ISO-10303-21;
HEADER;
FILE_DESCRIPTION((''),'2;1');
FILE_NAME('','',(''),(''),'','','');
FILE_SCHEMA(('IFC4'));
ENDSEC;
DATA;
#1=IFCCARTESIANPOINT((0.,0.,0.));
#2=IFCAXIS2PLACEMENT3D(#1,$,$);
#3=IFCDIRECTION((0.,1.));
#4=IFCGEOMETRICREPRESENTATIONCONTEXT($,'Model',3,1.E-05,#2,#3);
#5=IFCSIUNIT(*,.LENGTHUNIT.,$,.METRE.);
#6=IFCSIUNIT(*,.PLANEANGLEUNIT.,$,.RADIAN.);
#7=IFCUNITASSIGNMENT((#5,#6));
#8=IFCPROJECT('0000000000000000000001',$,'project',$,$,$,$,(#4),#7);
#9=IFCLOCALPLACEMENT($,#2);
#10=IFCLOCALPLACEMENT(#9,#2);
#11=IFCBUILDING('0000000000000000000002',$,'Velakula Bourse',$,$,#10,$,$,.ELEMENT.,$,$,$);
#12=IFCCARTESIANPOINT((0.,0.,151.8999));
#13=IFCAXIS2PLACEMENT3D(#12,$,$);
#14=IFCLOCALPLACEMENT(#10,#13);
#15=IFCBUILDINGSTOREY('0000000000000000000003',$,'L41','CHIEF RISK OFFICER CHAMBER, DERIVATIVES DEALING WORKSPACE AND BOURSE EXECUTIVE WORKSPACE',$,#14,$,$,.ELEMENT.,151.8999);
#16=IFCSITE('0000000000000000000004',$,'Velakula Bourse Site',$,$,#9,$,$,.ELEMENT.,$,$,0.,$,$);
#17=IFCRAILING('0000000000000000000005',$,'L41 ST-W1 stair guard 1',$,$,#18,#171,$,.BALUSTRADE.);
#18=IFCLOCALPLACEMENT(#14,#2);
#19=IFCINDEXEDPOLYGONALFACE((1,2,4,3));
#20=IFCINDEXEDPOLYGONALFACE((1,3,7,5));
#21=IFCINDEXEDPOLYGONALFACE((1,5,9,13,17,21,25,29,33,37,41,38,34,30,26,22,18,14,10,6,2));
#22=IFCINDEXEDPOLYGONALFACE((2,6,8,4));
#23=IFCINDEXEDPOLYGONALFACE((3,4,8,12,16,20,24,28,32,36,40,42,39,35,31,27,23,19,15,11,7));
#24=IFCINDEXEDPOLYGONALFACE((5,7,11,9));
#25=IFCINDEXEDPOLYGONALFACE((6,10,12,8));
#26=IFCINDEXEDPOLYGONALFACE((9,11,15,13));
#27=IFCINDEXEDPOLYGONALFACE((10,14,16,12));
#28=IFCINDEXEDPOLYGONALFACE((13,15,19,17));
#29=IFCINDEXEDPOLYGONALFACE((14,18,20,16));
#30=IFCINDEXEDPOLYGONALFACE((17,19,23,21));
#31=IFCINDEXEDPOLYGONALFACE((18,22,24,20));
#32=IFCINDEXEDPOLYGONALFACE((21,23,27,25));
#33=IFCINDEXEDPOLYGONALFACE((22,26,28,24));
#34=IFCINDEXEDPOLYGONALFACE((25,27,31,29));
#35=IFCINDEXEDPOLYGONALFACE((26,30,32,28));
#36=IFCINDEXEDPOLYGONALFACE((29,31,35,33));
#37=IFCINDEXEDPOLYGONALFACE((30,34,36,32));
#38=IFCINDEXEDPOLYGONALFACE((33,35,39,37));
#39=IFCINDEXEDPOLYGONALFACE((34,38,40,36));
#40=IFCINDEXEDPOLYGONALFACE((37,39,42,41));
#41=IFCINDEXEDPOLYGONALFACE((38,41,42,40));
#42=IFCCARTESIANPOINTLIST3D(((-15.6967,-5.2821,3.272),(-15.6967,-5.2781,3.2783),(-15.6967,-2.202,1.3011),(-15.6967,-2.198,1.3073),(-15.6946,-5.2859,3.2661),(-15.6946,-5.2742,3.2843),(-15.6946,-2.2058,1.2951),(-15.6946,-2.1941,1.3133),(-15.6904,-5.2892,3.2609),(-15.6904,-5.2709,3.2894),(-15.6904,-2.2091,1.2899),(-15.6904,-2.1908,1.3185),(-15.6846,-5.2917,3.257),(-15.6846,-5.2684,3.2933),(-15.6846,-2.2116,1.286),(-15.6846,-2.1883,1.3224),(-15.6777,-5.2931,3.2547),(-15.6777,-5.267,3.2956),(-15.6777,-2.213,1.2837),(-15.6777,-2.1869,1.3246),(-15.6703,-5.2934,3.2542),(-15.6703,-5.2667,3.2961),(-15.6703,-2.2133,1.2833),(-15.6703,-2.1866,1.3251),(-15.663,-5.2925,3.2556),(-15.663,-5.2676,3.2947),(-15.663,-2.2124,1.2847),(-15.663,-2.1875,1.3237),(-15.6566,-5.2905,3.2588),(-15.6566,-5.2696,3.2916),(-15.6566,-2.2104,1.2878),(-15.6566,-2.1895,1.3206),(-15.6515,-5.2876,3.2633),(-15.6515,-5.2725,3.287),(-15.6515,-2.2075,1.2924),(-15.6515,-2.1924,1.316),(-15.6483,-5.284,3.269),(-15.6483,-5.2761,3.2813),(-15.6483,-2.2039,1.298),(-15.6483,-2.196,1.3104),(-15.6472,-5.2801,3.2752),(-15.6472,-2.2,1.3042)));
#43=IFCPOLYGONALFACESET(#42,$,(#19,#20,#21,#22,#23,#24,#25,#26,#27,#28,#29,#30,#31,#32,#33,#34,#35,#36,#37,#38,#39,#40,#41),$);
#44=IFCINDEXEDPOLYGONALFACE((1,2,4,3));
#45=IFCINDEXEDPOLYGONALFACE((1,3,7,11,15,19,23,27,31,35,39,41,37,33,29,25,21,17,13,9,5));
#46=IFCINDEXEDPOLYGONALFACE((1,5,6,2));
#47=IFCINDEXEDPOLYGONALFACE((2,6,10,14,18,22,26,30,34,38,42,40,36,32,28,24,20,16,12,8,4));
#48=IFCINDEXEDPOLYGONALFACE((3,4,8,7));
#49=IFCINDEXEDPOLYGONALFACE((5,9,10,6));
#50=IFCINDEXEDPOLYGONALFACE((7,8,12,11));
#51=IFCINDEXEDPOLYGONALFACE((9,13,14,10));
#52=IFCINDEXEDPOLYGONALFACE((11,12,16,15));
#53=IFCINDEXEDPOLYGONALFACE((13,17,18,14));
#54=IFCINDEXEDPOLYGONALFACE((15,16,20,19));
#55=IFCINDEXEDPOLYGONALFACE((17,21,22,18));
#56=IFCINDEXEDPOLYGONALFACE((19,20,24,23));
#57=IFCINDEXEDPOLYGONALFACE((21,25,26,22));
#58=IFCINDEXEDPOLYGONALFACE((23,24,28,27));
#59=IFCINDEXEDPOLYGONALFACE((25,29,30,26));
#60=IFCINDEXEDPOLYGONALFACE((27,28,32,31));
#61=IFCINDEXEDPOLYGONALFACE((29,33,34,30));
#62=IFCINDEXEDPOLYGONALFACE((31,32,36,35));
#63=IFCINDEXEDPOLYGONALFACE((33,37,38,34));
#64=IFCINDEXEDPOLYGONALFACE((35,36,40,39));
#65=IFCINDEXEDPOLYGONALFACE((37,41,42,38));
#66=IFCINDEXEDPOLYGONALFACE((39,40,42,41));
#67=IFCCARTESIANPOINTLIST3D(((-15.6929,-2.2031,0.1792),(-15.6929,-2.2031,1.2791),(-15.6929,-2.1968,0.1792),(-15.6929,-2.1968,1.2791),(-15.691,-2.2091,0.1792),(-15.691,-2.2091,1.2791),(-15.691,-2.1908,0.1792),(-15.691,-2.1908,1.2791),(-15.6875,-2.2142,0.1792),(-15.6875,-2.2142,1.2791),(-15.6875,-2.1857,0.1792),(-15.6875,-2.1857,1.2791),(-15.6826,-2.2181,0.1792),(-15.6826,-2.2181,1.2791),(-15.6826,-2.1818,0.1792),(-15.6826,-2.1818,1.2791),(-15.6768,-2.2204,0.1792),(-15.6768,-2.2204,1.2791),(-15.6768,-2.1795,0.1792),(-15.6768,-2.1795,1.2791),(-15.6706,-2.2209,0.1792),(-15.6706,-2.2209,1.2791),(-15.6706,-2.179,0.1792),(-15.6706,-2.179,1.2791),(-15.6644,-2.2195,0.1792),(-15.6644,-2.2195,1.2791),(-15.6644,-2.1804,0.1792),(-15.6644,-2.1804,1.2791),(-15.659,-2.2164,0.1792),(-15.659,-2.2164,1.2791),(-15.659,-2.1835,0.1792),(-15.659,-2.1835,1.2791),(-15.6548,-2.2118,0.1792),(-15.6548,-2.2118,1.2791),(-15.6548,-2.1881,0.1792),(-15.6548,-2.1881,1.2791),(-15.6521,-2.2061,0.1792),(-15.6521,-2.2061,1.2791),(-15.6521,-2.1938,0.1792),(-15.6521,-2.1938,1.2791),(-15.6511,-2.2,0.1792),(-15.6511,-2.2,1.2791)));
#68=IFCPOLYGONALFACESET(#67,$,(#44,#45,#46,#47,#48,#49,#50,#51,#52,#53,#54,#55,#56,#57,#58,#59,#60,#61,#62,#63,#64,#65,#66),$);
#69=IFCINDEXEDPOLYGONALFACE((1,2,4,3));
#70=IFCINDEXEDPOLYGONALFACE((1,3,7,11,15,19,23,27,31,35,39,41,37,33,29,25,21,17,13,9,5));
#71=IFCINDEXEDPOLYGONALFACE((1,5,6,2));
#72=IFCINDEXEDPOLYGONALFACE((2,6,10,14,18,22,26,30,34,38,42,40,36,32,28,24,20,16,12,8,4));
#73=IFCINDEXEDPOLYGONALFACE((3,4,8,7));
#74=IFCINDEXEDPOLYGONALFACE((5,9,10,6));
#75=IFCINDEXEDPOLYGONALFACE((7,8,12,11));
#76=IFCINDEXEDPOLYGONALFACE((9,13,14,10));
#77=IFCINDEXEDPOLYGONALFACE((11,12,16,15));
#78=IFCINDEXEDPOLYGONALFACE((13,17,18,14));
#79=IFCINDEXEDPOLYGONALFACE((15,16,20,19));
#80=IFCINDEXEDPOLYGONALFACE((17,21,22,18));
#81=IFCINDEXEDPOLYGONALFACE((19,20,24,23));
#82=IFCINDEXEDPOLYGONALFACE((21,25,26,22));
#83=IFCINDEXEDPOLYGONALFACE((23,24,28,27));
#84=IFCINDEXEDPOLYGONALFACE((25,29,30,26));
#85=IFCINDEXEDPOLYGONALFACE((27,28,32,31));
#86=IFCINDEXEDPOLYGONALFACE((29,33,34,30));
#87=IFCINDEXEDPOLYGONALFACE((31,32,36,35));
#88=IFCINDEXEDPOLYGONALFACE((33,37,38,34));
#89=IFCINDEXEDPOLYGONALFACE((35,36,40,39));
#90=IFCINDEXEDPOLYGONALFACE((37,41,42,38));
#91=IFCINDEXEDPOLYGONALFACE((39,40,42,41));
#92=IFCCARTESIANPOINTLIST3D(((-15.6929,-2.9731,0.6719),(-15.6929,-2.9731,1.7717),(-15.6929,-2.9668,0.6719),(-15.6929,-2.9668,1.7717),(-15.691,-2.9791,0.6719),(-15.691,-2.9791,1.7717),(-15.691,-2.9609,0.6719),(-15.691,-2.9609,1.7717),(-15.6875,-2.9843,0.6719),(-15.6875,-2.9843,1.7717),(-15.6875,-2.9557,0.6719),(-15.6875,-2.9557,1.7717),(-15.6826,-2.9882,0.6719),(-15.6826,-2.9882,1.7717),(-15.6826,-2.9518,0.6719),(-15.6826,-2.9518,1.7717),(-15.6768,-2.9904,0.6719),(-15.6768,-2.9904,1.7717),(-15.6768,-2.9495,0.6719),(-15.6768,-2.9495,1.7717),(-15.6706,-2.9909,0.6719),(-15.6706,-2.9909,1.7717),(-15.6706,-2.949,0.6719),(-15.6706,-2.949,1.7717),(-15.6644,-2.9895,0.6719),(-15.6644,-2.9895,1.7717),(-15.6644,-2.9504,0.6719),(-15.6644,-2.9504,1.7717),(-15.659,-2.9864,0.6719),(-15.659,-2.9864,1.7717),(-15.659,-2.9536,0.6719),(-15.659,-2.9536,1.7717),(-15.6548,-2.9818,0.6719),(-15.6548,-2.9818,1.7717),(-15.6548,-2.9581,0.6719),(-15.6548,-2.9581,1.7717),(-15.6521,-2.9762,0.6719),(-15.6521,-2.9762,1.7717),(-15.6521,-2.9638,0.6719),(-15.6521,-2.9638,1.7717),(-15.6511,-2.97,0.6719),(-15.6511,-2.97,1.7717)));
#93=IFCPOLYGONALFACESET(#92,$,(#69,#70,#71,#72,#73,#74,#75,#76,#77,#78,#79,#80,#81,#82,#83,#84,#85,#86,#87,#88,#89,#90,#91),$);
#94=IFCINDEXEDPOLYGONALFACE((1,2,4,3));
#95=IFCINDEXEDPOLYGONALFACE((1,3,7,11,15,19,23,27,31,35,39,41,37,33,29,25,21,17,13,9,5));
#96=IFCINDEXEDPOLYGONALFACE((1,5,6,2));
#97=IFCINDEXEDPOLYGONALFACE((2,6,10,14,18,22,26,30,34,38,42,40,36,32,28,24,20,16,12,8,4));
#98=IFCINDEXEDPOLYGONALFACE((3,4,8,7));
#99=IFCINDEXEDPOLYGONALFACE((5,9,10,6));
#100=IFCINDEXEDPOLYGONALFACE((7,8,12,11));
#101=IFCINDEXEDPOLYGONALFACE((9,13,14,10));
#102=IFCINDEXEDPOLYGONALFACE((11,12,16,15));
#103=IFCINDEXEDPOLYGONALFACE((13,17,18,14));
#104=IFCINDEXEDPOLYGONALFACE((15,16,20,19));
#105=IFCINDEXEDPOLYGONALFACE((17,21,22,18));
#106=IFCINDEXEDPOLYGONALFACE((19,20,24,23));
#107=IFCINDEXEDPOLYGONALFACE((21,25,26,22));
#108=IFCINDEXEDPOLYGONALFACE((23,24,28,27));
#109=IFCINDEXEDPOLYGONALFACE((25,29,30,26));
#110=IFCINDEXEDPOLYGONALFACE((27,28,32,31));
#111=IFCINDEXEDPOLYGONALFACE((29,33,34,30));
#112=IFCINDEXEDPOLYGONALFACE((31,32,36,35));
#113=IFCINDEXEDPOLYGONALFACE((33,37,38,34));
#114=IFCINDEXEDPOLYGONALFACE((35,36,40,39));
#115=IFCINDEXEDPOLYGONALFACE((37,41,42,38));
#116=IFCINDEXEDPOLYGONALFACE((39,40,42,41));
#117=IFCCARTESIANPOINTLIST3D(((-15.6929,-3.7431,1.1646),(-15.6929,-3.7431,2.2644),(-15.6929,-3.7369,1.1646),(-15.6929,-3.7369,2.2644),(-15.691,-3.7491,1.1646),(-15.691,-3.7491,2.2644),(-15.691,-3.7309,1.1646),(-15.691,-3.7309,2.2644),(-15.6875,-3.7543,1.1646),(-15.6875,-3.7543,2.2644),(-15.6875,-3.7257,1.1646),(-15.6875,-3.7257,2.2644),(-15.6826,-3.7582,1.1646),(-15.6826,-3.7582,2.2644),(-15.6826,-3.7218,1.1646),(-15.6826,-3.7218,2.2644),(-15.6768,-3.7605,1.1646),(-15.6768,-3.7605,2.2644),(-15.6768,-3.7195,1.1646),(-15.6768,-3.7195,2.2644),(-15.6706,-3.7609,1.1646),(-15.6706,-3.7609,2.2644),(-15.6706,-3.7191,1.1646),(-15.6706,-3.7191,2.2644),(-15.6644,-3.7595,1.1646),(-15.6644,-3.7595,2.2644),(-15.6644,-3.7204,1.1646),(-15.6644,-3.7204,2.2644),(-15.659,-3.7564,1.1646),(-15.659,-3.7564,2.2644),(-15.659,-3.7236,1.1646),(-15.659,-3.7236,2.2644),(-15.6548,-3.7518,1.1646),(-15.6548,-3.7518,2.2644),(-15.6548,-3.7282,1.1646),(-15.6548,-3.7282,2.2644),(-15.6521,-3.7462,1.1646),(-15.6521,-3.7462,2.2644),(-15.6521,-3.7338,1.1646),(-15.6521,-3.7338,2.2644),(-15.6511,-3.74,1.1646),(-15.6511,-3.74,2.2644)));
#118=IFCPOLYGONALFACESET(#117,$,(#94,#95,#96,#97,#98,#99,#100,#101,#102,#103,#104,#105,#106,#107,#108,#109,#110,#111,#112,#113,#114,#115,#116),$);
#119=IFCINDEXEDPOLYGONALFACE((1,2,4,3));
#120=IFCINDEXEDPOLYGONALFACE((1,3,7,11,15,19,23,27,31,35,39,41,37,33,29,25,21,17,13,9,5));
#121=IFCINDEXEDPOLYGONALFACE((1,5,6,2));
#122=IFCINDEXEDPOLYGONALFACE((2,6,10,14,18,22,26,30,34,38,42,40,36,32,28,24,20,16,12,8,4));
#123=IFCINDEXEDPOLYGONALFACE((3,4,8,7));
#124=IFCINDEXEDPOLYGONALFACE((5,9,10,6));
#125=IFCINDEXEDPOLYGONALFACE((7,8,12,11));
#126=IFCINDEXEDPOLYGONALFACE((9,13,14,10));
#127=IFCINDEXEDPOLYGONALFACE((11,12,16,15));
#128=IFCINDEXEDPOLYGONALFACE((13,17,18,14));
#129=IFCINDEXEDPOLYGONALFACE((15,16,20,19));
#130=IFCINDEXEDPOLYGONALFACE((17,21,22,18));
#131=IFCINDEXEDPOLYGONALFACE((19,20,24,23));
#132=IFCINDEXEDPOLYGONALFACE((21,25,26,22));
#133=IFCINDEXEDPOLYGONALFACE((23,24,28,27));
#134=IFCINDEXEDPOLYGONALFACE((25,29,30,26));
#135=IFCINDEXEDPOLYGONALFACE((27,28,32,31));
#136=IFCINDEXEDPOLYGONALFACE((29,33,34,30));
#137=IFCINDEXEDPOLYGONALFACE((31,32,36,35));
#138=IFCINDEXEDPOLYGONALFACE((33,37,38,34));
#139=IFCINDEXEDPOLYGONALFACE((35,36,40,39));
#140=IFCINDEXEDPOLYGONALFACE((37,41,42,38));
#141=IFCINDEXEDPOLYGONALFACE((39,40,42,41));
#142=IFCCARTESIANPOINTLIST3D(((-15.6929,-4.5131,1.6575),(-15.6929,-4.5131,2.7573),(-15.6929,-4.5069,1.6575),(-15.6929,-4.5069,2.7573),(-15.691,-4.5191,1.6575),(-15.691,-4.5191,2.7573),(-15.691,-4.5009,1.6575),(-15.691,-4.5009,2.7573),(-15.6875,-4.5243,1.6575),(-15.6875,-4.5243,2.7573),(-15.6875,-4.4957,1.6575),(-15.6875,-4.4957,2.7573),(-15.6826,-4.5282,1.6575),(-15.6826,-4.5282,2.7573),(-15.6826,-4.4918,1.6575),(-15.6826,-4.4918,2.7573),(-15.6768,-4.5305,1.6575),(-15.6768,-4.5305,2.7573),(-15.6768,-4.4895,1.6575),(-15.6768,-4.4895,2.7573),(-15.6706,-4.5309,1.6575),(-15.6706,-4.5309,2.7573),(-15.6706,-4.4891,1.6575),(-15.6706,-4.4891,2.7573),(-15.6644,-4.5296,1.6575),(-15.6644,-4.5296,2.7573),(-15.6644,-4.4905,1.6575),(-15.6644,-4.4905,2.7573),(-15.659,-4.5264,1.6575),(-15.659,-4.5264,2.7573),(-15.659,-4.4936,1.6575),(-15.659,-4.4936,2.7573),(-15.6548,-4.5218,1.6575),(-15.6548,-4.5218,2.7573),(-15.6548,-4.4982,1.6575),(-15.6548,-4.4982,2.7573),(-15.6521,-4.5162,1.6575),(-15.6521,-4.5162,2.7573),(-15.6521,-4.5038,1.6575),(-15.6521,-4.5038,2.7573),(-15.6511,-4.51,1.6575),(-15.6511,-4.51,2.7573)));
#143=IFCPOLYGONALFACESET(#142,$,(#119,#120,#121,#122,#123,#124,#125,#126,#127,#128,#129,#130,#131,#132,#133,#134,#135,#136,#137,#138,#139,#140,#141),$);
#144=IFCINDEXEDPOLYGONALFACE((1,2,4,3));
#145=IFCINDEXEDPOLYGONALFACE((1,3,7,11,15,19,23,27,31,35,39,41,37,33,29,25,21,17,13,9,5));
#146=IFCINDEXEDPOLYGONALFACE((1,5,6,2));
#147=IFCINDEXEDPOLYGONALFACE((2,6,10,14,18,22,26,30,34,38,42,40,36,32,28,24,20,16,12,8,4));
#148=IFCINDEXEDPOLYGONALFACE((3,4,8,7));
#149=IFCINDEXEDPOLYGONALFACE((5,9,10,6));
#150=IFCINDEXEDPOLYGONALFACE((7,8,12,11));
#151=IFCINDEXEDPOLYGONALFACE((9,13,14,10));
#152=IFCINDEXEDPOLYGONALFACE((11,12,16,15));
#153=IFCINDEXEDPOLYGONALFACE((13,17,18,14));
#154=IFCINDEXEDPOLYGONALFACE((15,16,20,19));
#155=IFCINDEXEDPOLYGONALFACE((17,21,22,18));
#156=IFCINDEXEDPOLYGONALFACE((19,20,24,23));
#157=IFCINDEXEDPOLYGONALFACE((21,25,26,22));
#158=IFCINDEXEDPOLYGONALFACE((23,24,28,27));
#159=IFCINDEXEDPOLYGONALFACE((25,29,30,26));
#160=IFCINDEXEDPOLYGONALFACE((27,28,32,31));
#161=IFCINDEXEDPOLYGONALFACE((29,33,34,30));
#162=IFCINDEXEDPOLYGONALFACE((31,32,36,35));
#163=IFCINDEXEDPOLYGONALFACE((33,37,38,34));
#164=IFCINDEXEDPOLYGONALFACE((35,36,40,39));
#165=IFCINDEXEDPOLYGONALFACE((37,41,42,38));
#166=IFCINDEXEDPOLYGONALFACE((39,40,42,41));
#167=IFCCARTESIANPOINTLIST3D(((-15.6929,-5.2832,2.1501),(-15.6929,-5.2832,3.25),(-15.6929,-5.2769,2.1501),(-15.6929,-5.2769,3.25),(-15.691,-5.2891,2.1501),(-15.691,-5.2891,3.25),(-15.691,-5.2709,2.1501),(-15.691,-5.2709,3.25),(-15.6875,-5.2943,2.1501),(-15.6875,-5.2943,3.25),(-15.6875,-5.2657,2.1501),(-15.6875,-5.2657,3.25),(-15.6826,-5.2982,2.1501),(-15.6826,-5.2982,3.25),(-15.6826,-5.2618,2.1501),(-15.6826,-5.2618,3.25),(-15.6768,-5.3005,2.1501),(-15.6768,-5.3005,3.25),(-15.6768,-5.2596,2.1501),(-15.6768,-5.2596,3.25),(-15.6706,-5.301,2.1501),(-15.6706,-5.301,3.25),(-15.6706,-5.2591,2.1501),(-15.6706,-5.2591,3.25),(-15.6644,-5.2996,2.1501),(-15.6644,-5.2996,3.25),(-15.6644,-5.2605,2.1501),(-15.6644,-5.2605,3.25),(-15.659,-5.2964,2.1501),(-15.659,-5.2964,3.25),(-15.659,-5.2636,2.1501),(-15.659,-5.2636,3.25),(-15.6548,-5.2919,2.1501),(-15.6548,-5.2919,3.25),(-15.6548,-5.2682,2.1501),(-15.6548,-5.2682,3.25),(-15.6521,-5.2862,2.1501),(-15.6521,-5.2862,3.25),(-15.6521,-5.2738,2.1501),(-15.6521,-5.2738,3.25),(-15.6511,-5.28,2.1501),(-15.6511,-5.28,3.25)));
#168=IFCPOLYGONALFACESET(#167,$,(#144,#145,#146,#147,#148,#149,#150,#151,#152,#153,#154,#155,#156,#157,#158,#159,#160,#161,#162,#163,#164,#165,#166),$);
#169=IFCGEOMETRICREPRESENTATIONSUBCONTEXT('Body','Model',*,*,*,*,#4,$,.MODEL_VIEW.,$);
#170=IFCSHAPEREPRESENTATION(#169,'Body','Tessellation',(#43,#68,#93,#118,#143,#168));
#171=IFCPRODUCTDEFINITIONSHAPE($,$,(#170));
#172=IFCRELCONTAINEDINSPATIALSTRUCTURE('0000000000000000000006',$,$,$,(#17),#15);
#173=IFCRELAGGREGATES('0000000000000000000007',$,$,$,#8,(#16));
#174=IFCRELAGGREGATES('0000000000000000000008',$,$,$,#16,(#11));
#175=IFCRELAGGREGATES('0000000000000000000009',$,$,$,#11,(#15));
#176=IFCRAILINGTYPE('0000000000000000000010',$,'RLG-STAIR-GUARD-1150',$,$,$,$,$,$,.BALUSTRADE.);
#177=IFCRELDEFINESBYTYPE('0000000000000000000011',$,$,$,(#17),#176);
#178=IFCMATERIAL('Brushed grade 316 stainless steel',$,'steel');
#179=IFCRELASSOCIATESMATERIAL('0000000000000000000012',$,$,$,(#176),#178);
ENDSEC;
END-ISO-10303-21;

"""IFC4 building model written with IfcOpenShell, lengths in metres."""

from ifc_helpers import new_model, si_unit, direction, frame, origin, origin_2d, place, context, subcontext, project, spatial, circle, extrude, material, type_object, element, save


model = new_model("IFC4")

# Units and contexts
model_context = context("Model", 3, precision=1e-05, world=origin(), true_north=direction((0.0, 1.0)))
body_context = subcontext(model_context, "Body", "Model", "MODEL_VIEW")
ifc_project = project(units=[si_unit("LENGTHUNIT", "METRE"), si_unit("PLANEANGLEUNIT", "RADIAN")], contexts=[model_context])

# Site, building, storey
site_placement = place(None, origin())
site = spatial("IfcSite", under=ifc_project, at=site_placement, Name="Velakula Bourse Site", CompositionType="ELEMENT", RefElevation=0.0)
building_placement = place(site_placement, origin())
building = spatial("IfcBuilding", under=site, at=building_placement, Name="Velakula Bourse", CompositionType="ELEMENT")
storey_placement = place(building_placement, frame((0.0, 0.0, 151.8999)))
storey = spatial("IfcBuildingStorey", under=building, at=storey_placement, Name="L41", Description="CHIEF RISK OFFICER CHAMBER, DERIVATIVES DEALING WORKSPACE AND BOURSE EXECUTIVE WORKSPACE", CompositionType="ELEMENT", Elevation=151.8999)

# Shared definitions
ifc_material_1 = material(Name="Brushed grade 316 stainless steel", Category="steel")

# Railing
railing_type_1 = type_object("IfcRailingType", Name="RLG-STAIR-GUARD-1150", PredefinedType="BALUSTRADE", material=ifc_material_1)
railing_1_placement = place(storey_placement, frame((-15.6721, -2.2, 0.1792)))
element("IfcRailing", 1, at=railing_1_placement, inside=storey, type_object=railing_type_1, Name="L41 ST-W1 stair guard 1", PredefinedType="BALUSTRADE", context=body_context, shape_type="SweptSolid", body=[
    extrude(circle(Radius=0.0249, at=origin_2d()), frame((0.0, 0.0, 1.125), z_axis=(0.0, -0.842309, 0.538995), x_axis=(1.0, 0.0, 0.0)), (0.0, 0.0, 1.0), 3.6567),
    extrude(circle(Radius=0.021, at=origin_2d()), origin(), (0.0, 0.0, 1.0), 1.0999),
    extrude(circle(Radius=0.021, at=origin_2d()), frame((0.0, -0.77, 0.4927)), (0.0, 0.0, 1.0), 1.0999),
    extrude(circle(Radius=0.021, at=origin_2d()), frame((0.0, -1.54, 0.9854)), (0.0, 0.0, 1.0), 1.0999),
    extrude(circle(Radius=0.021, at=origin_2d()), frame((0.0, -2.3101, 1.4783)), (0.0, 0.0, 1.0), 1.0999),
    extrude(circle(Radius=0.021, at=origin_2d()), frame((0.0, -3.0801, 1.9709)), (0.0, 0.0, 1.0), 1.0999),
])

save(model, "model.ifc")
